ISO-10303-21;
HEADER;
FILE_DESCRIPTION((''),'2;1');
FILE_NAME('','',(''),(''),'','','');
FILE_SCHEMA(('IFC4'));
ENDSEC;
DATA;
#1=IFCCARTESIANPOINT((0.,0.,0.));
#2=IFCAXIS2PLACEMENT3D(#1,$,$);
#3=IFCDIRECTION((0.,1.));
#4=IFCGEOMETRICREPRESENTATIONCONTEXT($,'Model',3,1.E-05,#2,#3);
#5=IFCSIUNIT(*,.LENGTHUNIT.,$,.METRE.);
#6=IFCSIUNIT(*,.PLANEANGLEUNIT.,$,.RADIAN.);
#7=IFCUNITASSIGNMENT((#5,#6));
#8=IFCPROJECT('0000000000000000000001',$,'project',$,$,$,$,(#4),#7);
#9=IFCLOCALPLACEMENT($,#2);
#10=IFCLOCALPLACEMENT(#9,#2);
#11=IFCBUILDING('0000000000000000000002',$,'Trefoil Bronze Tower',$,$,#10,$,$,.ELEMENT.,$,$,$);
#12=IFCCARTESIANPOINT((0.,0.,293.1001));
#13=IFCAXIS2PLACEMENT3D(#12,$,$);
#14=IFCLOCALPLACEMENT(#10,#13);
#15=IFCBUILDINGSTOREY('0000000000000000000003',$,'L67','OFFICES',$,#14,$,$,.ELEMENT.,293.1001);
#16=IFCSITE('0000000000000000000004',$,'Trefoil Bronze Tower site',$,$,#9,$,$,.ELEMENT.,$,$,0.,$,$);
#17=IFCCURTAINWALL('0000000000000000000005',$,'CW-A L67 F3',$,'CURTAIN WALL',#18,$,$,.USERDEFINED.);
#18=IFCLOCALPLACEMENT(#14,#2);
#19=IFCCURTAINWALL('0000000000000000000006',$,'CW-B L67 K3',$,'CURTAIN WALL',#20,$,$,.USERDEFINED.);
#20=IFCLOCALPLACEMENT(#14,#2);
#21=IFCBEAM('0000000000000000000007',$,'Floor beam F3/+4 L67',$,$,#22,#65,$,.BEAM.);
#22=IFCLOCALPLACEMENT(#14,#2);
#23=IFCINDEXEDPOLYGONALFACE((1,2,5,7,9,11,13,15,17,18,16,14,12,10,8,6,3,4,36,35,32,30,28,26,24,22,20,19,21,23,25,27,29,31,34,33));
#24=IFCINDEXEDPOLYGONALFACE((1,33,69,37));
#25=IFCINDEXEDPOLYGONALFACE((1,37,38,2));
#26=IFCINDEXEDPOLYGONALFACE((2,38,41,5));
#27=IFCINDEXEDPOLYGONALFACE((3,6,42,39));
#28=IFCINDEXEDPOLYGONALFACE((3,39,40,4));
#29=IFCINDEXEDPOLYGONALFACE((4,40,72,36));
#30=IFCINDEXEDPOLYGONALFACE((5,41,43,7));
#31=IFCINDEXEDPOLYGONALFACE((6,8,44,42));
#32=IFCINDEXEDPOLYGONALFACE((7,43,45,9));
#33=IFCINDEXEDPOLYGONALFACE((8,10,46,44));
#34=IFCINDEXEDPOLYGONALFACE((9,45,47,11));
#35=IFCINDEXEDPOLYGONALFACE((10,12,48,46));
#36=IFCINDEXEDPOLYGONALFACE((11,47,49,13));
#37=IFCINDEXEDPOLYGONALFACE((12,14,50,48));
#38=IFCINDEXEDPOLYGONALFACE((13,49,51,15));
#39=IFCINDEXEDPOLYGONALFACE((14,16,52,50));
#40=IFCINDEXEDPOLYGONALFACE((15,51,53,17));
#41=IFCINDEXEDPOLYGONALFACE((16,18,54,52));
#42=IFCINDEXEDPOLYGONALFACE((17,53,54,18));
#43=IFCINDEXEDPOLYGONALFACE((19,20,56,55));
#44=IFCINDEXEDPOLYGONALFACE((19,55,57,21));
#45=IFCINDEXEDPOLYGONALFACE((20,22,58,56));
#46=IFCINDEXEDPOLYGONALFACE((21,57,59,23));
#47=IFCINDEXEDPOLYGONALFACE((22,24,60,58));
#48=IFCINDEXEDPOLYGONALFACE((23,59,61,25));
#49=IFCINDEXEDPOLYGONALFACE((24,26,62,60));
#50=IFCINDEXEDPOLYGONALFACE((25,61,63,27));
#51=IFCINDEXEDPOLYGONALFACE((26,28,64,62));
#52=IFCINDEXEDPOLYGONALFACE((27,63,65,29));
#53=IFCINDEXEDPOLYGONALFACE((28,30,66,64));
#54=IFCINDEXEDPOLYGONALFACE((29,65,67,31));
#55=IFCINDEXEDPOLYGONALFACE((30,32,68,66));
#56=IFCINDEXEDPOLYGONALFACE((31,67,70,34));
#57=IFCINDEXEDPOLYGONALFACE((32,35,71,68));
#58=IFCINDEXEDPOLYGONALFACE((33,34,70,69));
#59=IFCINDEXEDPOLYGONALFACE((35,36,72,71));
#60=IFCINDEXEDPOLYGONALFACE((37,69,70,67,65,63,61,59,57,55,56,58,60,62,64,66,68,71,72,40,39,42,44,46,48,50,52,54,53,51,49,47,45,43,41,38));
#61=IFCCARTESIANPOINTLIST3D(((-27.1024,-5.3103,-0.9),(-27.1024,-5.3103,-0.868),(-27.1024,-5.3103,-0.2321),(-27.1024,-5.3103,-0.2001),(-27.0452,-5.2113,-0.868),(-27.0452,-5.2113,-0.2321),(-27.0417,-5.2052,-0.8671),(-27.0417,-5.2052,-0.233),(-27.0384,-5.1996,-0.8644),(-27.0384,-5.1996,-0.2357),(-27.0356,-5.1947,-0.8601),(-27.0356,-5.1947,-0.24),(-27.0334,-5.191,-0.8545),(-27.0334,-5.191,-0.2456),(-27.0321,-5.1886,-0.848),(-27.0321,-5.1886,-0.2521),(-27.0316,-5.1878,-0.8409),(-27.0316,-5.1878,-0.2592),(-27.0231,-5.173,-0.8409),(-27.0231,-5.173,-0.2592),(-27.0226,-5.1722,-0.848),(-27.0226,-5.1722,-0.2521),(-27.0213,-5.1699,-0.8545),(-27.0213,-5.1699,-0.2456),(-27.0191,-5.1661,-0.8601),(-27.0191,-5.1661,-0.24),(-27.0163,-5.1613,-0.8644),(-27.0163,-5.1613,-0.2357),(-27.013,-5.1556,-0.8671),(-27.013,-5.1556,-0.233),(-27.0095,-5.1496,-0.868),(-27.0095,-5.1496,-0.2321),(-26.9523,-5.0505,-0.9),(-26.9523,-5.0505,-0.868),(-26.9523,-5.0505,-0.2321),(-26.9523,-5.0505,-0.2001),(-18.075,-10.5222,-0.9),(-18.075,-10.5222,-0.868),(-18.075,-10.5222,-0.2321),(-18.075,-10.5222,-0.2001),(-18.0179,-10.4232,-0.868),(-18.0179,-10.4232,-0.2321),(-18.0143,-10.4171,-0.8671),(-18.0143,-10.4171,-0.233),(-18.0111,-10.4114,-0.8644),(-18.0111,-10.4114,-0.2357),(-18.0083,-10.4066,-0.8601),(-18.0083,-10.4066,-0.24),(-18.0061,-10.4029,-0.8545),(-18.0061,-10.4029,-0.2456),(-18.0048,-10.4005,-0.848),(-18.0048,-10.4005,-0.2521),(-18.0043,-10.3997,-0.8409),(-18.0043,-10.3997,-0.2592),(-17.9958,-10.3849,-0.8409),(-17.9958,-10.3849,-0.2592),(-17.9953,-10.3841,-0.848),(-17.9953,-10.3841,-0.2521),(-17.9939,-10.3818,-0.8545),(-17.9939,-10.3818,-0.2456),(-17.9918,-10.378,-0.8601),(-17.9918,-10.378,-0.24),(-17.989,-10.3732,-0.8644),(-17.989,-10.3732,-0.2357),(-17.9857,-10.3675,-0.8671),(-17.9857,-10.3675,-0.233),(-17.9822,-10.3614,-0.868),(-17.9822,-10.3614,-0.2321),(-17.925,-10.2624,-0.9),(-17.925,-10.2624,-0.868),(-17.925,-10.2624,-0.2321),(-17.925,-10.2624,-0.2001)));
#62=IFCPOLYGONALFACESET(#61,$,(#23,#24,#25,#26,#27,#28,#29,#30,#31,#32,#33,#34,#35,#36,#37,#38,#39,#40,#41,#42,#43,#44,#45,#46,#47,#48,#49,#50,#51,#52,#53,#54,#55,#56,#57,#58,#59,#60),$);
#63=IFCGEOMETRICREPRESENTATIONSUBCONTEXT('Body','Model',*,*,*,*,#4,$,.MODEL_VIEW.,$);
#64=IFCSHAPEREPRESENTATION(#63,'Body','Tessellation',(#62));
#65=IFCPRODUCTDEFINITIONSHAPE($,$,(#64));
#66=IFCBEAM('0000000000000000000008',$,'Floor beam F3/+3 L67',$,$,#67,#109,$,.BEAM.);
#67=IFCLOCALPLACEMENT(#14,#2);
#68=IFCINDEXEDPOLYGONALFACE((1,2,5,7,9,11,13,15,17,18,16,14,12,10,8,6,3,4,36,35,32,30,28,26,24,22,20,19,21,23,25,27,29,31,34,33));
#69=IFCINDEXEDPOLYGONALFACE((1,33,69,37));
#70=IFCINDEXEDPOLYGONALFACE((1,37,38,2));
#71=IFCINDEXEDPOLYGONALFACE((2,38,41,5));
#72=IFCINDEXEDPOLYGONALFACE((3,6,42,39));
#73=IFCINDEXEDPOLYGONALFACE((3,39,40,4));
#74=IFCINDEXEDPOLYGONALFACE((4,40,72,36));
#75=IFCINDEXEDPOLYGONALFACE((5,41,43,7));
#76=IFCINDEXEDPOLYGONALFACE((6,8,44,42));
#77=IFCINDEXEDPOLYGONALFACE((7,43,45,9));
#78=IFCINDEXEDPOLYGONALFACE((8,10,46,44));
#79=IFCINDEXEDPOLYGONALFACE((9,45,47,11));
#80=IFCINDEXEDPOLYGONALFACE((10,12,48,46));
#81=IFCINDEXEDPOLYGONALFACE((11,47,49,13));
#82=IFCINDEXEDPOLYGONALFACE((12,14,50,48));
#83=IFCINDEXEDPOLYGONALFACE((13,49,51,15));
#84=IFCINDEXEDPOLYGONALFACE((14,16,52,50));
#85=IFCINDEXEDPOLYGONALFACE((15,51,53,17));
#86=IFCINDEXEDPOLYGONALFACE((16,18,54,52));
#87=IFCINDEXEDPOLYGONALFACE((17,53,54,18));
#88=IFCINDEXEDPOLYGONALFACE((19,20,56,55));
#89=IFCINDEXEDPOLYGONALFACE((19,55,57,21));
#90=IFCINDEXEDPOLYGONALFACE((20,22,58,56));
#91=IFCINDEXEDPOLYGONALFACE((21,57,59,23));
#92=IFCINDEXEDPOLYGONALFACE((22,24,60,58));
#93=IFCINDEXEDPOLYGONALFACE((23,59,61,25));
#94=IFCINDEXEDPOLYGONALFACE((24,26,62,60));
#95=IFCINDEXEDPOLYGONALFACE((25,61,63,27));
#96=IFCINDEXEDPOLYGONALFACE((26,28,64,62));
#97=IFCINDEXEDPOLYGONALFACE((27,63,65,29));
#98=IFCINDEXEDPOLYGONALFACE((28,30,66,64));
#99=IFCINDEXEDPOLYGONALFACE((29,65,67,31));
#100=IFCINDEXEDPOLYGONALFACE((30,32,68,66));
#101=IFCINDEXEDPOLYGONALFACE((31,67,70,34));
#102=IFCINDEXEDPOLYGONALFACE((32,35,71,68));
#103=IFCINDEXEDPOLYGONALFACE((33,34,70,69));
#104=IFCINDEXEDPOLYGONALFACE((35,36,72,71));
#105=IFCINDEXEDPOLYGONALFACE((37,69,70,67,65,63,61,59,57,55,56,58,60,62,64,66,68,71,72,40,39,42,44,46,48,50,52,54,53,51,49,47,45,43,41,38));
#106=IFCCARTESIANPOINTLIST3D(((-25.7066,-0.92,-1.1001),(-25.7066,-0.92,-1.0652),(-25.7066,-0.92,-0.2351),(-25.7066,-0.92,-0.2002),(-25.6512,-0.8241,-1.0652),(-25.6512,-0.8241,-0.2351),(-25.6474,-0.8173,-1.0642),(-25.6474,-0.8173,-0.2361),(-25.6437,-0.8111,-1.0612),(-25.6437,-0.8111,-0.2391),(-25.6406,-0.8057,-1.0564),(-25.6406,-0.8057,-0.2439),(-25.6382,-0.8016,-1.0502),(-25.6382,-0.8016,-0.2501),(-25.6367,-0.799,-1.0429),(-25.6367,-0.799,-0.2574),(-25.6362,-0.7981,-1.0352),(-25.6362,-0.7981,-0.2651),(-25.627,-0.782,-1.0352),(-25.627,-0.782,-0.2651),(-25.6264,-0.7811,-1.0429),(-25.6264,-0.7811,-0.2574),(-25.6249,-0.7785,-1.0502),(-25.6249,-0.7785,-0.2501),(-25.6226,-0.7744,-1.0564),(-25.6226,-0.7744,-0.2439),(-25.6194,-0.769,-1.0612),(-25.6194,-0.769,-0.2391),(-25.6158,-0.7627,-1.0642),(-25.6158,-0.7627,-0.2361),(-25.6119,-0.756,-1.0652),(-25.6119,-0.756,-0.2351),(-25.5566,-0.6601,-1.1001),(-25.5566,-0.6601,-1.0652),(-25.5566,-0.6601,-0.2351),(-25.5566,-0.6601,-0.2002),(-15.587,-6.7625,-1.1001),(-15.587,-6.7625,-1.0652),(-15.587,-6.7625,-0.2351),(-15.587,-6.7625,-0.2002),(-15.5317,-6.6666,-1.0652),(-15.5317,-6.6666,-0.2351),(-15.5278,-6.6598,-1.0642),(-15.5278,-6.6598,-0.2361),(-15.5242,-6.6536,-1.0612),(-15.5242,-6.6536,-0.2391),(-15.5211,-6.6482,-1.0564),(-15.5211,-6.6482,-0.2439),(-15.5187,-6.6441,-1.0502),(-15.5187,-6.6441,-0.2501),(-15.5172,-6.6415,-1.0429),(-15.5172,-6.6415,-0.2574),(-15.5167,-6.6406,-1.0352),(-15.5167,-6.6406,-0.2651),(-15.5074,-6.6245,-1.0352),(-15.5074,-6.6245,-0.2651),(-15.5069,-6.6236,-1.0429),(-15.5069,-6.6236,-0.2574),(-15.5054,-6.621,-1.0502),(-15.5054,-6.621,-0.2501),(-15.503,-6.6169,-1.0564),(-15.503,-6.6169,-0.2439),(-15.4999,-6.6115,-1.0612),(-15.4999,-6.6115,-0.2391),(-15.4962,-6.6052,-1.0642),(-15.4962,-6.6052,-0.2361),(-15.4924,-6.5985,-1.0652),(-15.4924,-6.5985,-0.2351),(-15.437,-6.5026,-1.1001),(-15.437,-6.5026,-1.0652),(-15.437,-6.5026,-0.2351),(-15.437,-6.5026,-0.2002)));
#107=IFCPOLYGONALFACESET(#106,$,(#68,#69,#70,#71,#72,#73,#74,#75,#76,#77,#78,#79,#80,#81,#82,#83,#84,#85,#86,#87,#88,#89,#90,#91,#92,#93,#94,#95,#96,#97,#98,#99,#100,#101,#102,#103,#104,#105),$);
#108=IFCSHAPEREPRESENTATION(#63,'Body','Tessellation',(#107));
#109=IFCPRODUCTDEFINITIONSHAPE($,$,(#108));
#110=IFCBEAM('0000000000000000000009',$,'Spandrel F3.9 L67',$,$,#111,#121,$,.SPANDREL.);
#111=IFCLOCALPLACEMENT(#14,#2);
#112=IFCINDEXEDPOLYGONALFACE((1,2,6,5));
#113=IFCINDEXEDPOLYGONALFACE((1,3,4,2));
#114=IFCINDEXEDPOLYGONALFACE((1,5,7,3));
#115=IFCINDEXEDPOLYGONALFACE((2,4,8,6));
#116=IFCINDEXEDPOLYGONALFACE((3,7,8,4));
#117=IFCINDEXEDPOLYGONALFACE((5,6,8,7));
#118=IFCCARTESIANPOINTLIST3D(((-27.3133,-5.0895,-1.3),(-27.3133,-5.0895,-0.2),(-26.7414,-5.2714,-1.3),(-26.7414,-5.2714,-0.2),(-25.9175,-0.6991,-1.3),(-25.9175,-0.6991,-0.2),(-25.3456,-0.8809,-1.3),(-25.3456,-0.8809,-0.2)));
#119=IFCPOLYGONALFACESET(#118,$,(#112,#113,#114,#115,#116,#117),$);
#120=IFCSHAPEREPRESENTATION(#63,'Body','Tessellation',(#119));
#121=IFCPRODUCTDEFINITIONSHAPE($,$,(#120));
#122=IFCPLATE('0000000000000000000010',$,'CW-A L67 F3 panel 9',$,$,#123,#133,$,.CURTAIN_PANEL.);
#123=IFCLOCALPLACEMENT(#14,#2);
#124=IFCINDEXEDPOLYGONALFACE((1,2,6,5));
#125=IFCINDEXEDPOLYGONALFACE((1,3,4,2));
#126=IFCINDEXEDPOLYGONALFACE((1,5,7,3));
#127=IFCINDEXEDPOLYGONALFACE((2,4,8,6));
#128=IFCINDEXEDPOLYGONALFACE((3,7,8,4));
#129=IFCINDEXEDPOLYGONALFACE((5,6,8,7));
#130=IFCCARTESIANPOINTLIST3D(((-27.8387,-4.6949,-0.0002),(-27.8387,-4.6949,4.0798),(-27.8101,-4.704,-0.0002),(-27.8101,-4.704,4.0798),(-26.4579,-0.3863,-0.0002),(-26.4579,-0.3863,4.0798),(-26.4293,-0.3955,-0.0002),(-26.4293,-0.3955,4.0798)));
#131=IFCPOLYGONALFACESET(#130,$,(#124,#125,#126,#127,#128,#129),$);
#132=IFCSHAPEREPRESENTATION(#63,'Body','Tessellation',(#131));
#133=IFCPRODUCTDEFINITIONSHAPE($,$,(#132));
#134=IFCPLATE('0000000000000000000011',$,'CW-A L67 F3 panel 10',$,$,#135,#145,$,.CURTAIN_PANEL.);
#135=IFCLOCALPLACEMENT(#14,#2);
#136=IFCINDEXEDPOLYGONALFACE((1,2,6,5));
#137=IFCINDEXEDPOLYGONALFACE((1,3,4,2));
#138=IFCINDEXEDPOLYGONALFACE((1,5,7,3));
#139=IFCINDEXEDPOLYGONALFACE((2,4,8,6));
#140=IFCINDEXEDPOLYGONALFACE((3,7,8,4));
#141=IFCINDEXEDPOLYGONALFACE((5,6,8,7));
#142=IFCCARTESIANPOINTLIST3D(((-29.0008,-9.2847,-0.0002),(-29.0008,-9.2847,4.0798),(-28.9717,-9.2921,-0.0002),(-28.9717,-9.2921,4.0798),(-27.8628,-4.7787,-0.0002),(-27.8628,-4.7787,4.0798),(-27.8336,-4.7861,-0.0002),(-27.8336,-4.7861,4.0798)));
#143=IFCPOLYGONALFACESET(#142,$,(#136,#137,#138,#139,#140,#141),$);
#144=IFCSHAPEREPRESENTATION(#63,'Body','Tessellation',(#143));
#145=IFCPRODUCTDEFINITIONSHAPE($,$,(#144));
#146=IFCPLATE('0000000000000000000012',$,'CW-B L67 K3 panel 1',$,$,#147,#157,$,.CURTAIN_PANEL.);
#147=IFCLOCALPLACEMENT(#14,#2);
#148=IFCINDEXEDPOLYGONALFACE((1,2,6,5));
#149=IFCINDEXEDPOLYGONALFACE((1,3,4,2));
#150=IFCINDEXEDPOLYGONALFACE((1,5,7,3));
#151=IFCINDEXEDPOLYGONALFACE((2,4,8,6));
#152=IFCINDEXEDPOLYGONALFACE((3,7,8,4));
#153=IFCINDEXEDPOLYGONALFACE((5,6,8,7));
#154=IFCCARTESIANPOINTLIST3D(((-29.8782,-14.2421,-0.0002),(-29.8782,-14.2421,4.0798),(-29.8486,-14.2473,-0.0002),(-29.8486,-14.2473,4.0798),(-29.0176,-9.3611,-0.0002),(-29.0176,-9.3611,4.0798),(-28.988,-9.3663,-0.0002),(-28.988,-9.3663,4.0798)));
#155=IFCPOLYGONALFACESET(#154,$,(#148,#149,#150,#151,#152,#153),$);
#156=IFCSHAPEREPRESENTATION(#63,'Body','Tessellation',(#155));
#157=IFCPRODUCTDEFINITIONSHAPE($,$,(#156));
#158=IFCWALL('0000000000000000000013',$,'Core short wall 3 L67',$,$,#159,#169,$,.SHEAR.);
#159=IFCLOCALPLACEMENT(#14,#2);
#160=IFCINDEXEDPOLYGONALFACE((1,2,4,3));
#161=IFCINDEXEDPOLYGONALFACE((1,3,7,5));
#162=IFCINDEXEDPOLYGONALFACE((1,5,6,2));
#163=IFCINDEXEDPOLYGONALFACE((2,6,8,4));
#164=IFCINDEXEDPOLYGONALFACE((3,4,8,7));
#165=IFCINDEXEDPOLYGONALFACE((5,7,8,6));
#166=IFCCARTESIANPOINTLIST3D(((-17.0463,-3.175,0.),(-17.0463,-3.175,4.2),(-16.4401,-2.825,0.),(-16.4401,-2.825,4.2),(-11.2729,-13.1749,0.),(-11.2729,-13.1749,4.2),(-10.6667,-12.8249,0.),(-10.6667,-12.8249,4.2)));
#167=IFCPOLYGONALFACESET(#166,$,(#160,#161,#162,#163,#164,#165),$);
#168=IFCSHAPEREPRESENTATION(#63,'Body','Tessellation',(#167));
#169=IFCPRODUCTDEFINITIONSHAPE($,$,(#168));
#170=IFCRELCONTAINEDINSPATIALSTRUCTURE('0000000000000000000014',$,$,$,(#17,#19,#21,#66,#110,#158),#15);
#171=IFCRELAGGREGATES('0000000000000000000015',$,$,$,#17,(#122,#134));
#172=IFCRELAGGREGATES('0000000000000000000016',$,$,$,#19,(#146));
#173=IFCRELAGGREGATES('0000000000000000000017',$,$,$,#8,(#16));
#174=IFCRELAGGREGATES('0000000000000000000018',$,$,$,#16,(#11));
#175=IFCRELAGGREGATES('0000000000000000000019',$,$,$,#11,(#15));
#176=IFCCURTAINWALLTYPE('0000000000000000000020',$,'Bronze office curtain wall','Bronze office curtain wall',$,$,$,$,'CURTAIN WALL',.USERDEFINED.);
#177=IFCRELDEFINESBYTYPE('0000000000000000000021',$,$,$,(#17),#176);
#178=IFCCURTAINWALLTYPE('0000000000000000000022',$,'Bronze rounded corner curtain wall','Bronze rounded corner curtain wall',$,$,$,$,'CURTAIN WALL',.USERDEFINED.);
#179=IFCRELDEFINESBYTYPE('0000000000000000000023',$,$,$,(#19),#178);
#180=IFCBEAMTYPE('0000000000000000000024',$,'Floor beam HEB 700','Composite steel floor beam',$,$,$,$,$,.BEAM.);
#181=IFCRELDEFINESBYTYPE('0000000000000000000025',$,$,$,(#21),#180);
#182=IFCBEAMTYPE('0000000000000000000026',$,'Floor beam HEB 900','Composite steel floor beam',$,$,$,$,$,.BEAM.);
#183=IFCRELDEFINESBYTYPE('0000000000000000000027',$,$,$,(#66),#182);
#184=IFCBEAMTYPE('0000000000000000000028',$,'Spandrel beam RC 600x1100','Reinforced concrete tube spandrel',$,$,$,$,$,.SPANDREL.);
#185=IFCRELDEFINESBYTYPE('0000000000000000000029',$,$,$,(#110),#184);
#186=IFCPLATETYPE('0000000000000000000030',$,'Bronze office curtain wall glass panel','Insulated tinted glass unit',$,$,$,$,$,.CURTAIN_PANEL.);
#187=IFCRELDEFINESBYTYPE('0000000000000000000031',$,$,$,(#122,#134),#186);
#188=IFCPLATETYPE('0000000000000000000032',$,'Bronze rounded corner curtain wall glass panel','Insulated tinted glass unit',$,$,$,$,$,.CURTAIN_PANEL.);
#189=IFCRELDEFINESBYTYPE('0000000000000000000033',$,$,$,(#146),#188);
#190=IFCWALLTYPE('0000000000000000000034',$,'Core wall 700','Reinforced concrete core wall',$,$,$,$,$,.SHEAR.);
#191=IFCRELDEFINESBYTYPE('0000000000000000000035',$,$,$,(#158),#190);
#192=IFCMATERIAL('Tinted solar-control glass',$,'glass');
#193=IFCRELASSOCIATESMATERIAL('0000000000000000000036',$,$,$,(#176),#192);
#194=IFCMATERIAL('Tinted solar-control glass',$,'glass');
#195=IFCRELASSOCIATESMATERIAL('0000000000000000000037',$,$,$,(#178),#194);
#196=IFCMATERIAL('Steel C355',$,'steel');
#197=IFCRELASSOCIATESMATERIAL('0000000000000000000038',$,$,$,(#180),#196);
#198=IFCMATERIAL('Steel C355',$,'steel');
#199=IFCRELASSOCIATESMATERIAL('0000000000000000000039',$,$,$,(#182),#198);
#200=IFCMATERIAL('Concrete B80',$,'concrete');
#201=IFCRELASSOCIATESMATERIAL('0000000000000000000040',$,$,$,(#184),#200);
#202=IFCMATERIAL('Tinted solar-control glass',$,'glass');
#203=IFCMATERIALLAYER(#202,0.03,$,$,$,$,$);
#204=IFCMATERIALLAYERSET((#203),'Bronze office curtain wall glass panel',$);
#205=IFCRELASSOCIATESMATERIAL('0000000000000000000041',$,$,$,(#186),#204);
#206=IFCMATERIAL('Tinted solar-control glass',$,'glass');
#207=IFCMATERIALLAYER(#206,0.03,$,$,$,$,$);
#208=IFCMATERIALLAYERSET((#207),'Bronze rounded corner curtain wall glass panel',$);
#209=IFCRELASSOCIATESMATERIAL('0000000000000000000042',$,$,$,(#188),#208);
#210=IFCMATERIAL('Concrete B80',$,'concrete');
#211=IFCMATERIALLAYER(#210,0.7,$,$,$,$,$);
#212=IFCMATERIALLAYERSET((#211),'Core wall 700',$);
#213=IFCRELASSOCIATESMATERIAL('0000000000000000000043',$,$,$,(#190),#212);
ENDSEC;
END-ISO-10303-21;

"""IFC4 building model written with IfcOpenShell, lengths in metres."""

from ifc_helpers import new_model, si_unit, direction, frame, frame_2d, origin, origin_2d, place, context, subcontext, project, spatial, rectangle, i_section, extrude, material, layer, layer_set, material_profile, profile_set, type_object, element, aggregate, save


model = new_model("IFC4")

# Units and contexts
model_context = context("Model", 3, precision=1e-05, world=origin(), true_north=direction((0.0, 1.0)))
body_context = subcontext(model_context, "Body", "Model", "MODEL_VIEW")
ifc_project = project(units=[si_unit("LENGTHUNIT", "METRE"), si_unit("PLANEANGLEUNIT", "RADIAN")], contexts=[model_context])

# Site, building, storey
site_placement = place(None, origin())
site = spatial("IfcSite", under=ifc_project, at=site_placement, Name="Trefoil Bronze Tower site", CompositionType="ELEMENT", RefElevation=0.0)
building_placement = place(site_placement, origin())
building = spatial("IfcBuilding", under=site, at=building_placement, Name="Trefoil Bronze Tower", CompositionType="ELEMENT")
storey_placement = place(building_placement, frame((0.0, 0.0, 293.1001)))
storey = spatial("IfcBuildingStorey", under=building, at=storey_placement, Name="L67", Description="OFFICES", CompositionType="ELEMENT", Elevation=293.1001)

# Curtain walls
ifc_material_1 = material(Name="Tinted solar-control glass", Category="glass")
curtain_wall_type_1 = type_object("IfcCurtainWallType", Name="Bronze office curtain wall", Description="Bronze office curtain wall", ElementType="CURTAIN WALL", PredefinedType="USERDEFINED", material=ifc_material_1)
curtain_wall_1_placement = place(storey_placement, origin())
curtain_wall_1 = element("IfcCurtainWall", 1, at=curtain_wall_1_placement, inside=storey, type_object=curtain_wall_type_1, Name="CW-A L67 F3", ObjectType="CURTAIN WALL", PredefinedType="USERDEFINED")
ifc_material_2 = material(Name="Tinted solar-control glass", Category="glass")
curtain_wall_type_2 = type_object("IfcCurtainWallType", Name="Bronze rounded corner curtain wall", Description="Bronze rounded corner curtain wall", ElementType="CURTAIN WALL", PredefinedType="USERDEFINED", material=ifc_material_2)
curtain_wall_2_placement = place(storey_placement, origin())
curtain_wall_2 = element("IfcCurtainWall", 2, at=curtain_wall_2_placement, inside=storey, type_object=curtain_wall_type_2, Name="CW-B L67 K3", ObjectType="CURTAIN WALL", PredefinedType="USERDEFINED")

# Beams
ifc_material_3 = material(Name="Steel C355", Category="steel")
ifc_material_profile_1 = material_profile(ifc_material_3, i_section(OverallWidth=0.3, OverallDepth=0.7, WebThickness=0.0171, FlangeThickness=0.032, FilletRadius=0.0271, at=origin_2d()), Name="HEB 700")
ifc_profile_set_1 = profile_set([ifc_material_profile_1], Name="Steel C355")
beam_type_1 = type_object("IfcBeamType", Name="Floor beam HEB 700", Description="Composite steel floor beam", PredefinedType="BEAM", material=ifc_profile_set_1)
beam_1_placement = place(storey_placement, frame((-27.0273, -5.1804, -0.55), z_axis=(0.866026, -0.499998, 0.0), x_axis=(0.499998, 0.866026, 0.0)))
element("IfcBeam", 3, at=beam_1_placement, inside=storey, type_object=beam_type_1, Name="Floor beam F3/+4 L67", PredefinedType="BEAM", context=body_context, shape_type="SweptSolid", body=[
    extrude(i_section(OverallWidth=0.3, OverallDepth=0.7, WebThickness=0.0171, FlangeThickness=0.032, FilletRadius=0.0271, at=origin_2d()), origin(), (0.0, 0.0, 1.0), 10.4238),
])
ifc_material_4 = material(Name="Steel C355", Category="steel")
ifc_material_profile_2 = material_profile(ifc_material_4, i_section(OverallWidth=0.3, OverallDepth=0.8999, WebThickness=0.0186, FlangeThickness=0.0349, FilletRadius=0.03, at=origin_2d()), Name="HEB 900")
ifc_profile_set_2 = profile_set([ifc_material_profile_2], Name="Steel C355")
beam_type_2 = type_object("IfcBeamType", Name="Floor beam HEB 900", Description="Composite steel floor beam", PredefinedType="BEAM", material=ifc_profile_set_2)
beam_2_placement = place(storey_placement, frame((-25.6316, -0.79, -0.6501), z_axis=(0.866027, -0.499997, 0.0), x_axis=(0.499997, 0.866027, 0.0)))
element("IfcBeam", 4, at=beam_2_placement, inside=storey, type_object=beam_type_2, Name="Floor beam F3/+3 L67", PredefinedType="BEAM", context=body_context, shape_type="SweptSolid", body=[
    extrude(i_section(OverallWidth=0.3, OverallDepth=0.8999, WebThickness=0.0186, FlangeThickness=0.0349, FilletRadius=0.03, at=origin_2d()), origin(), (0.0, 0.0, 1.0), 11.6851),
])
ifc_material_5 = material(Name="Concrete B80", Category="concrete")
ifc_material_profile_3 = material_profile(ifc_material_5, rectangle(XDim=0.6001, YDim=1.1001, at=origin_2d()), Name="RC 600x1100")
ifc_profile_set_3 = profile_set([ifc_material_profile_3], Name="Concrete B80")
beam_type_3 = type_object("IfcBeamType", Name="Spandrel beam RC 600x1100", Description="Reinforced concrete tube spandrel", PredefinedType="SPANDREL", material=ifc_profile_set_3)
beam_3_placement = place(storey_placement, frame((-25.6316, -0.79, -0.75), z_axis=(-0.30297, -0.953, 0.0), x_axis=(0.953, -0.30297, 0.0)))
element("IfcBeam", 5, at=beam_3_placement, inside=storey, type_object=beam_type_3, Name="Spandrel F3.9 L67", PredefinedType="SPANDREL", context=body_context, shape_type="SweptSolid", body=[
    extrude(rectangle(XDim=0.6001, YDim=1.1001, at=origin_2d()), origin(), (0.0, 0.0, 1.0), 4.6069),
])

# Plates
ifc_material_6 = material(Name="Tinted solar-control glass", Category="glass")
ifc_layer_1 = layer(ifc_material_6, 0.03)
ifc_layer_set_1 = layer_set([ifc_layer_1], Name="Bronze office curtain wall glass panel")
plate_type_1 = type_object("IfcPlateType", Name="Bronze office curtain wall glass panel", Description="Insulated tinted glass unit", PredefinedType="CURTAIN_PANEL", material=ifc_layer_set_1)
plate_1_placement = place(storey_placement, frame((-27.134, -2.5452, -0.0002), z_axis=(0.0, 0.0, 1.0), x_axis=(-0.305188, -0.952292, 0.0)))
plate_1 = element("IfcPlate", 6, at=plate_1_placement, type_object=plate_type_1, Name="CW-A L67 F3 panel 9", PredefinedType="CURTAIN_PANEL", context=body_context, shape_type="SweptSolid", body=[
    extrude(rectangle(XDim=4.5244, YDim=0.03, at=origin_2d()), origin(), (0.0, 0.0, 1.0), 4.0801),
])
plate_2_placement = place(storey_placement, frame((-28.4172, -7.0354, -0.0002), z_axis=(0.0, 0.0, 1.0), x_axis=(-0.24488, -0.969554, 0.0)))
plate_2 = element("IfcPlate", 7, at=plate_2_placement, type_object=plate_type_1, Name="CW-A L67 F3 panel 10", PredefinedType="CURTAIN_PANEL", context=body_context, shape_type="SweptSolid", body=[
    extrude(rectangle(XDim=4.6475, YDim=0.03, at=origin_2d()), origin(), (0.0, 0.0, 1.0), 4.0801),
])
aggregate(curtain_wall_1, [plate_1, plate_2])
ifc_material_7 = material(Name="Tinted solar-control glass", Category="glass")
ifc_layer_2 = layer(ifc_material_7, 0.03)
ifc_layer_set_2 = layer_set([ifc_layer_2], Name="Bronze rounded corner curtain wall glass panel")
plate_type_2 = type_object("IfcPlateType", Name="Bronze rounded corner curtain wall glass panel", Description="Insulated tinted glass unit", PredefinedType="CURTAIN_PANEL", material=ifc_layer_set_2)
plate_3_placement = place(storey_placement, frame((-29.4331, -11.8042, -0.0002), z_axis=(0.0, 0.0, 1.0), x_axis=(-0.173648, -0.984808, 0.0)))
plate_3 = element("IfcPlate", 8, at=plate_3_placement, type_object=plate_type_2, Name="CW-B L67 K3 panel 1", PredefinedType="CURTAIN_PANEL", context=body_context, shape_type="SweptSolid", body=[
    extrude(rectangle(XDim=4.9563, YDim=0.03, at=origin_2d()), origin(), (0.0, 0.0, 1.0), 4.0801),
])
aggregate(curtain_wall_2, [plate_3])

# Wall
ifc_material_8 = material(Name="Concrete B80", Category="concrete")
ifc_layer_3 = layer(ifc_material_8, 0.7)
ifc_layer_set_3 = layer_set([ifc_layer_3], Name="Core wall 700")
wall_type_1 = type_object("IfcWallType", Name="Core wall 700", Description="Reinforced concrete core wall", PredefinedType="SHEAR", material=ifc_layer_set_3)
wall_1_placement = place(storey_placement, frame((-16.7432, -3.0, 0.0), z_axis=(0.0, 0.0, 1.0), x_axis=(0.499996, -0.866028, 0.0)))
element("IfcWall", 9, at=wall_1_placement, inside=storey, type_object=wall_type_1, Name="Core short wall 3 L67", PredefinedType="SHEAR", context=body_context, shape_type="SweptSolid", body=[
    extrude(rectangle(XDim=11.5469, YDim=0.7, at=frame_2d((5.7734, 0.0))), origin(), (0.0, 0.0, 1.0), 4.2),
])

save(model, "model.ifc")
